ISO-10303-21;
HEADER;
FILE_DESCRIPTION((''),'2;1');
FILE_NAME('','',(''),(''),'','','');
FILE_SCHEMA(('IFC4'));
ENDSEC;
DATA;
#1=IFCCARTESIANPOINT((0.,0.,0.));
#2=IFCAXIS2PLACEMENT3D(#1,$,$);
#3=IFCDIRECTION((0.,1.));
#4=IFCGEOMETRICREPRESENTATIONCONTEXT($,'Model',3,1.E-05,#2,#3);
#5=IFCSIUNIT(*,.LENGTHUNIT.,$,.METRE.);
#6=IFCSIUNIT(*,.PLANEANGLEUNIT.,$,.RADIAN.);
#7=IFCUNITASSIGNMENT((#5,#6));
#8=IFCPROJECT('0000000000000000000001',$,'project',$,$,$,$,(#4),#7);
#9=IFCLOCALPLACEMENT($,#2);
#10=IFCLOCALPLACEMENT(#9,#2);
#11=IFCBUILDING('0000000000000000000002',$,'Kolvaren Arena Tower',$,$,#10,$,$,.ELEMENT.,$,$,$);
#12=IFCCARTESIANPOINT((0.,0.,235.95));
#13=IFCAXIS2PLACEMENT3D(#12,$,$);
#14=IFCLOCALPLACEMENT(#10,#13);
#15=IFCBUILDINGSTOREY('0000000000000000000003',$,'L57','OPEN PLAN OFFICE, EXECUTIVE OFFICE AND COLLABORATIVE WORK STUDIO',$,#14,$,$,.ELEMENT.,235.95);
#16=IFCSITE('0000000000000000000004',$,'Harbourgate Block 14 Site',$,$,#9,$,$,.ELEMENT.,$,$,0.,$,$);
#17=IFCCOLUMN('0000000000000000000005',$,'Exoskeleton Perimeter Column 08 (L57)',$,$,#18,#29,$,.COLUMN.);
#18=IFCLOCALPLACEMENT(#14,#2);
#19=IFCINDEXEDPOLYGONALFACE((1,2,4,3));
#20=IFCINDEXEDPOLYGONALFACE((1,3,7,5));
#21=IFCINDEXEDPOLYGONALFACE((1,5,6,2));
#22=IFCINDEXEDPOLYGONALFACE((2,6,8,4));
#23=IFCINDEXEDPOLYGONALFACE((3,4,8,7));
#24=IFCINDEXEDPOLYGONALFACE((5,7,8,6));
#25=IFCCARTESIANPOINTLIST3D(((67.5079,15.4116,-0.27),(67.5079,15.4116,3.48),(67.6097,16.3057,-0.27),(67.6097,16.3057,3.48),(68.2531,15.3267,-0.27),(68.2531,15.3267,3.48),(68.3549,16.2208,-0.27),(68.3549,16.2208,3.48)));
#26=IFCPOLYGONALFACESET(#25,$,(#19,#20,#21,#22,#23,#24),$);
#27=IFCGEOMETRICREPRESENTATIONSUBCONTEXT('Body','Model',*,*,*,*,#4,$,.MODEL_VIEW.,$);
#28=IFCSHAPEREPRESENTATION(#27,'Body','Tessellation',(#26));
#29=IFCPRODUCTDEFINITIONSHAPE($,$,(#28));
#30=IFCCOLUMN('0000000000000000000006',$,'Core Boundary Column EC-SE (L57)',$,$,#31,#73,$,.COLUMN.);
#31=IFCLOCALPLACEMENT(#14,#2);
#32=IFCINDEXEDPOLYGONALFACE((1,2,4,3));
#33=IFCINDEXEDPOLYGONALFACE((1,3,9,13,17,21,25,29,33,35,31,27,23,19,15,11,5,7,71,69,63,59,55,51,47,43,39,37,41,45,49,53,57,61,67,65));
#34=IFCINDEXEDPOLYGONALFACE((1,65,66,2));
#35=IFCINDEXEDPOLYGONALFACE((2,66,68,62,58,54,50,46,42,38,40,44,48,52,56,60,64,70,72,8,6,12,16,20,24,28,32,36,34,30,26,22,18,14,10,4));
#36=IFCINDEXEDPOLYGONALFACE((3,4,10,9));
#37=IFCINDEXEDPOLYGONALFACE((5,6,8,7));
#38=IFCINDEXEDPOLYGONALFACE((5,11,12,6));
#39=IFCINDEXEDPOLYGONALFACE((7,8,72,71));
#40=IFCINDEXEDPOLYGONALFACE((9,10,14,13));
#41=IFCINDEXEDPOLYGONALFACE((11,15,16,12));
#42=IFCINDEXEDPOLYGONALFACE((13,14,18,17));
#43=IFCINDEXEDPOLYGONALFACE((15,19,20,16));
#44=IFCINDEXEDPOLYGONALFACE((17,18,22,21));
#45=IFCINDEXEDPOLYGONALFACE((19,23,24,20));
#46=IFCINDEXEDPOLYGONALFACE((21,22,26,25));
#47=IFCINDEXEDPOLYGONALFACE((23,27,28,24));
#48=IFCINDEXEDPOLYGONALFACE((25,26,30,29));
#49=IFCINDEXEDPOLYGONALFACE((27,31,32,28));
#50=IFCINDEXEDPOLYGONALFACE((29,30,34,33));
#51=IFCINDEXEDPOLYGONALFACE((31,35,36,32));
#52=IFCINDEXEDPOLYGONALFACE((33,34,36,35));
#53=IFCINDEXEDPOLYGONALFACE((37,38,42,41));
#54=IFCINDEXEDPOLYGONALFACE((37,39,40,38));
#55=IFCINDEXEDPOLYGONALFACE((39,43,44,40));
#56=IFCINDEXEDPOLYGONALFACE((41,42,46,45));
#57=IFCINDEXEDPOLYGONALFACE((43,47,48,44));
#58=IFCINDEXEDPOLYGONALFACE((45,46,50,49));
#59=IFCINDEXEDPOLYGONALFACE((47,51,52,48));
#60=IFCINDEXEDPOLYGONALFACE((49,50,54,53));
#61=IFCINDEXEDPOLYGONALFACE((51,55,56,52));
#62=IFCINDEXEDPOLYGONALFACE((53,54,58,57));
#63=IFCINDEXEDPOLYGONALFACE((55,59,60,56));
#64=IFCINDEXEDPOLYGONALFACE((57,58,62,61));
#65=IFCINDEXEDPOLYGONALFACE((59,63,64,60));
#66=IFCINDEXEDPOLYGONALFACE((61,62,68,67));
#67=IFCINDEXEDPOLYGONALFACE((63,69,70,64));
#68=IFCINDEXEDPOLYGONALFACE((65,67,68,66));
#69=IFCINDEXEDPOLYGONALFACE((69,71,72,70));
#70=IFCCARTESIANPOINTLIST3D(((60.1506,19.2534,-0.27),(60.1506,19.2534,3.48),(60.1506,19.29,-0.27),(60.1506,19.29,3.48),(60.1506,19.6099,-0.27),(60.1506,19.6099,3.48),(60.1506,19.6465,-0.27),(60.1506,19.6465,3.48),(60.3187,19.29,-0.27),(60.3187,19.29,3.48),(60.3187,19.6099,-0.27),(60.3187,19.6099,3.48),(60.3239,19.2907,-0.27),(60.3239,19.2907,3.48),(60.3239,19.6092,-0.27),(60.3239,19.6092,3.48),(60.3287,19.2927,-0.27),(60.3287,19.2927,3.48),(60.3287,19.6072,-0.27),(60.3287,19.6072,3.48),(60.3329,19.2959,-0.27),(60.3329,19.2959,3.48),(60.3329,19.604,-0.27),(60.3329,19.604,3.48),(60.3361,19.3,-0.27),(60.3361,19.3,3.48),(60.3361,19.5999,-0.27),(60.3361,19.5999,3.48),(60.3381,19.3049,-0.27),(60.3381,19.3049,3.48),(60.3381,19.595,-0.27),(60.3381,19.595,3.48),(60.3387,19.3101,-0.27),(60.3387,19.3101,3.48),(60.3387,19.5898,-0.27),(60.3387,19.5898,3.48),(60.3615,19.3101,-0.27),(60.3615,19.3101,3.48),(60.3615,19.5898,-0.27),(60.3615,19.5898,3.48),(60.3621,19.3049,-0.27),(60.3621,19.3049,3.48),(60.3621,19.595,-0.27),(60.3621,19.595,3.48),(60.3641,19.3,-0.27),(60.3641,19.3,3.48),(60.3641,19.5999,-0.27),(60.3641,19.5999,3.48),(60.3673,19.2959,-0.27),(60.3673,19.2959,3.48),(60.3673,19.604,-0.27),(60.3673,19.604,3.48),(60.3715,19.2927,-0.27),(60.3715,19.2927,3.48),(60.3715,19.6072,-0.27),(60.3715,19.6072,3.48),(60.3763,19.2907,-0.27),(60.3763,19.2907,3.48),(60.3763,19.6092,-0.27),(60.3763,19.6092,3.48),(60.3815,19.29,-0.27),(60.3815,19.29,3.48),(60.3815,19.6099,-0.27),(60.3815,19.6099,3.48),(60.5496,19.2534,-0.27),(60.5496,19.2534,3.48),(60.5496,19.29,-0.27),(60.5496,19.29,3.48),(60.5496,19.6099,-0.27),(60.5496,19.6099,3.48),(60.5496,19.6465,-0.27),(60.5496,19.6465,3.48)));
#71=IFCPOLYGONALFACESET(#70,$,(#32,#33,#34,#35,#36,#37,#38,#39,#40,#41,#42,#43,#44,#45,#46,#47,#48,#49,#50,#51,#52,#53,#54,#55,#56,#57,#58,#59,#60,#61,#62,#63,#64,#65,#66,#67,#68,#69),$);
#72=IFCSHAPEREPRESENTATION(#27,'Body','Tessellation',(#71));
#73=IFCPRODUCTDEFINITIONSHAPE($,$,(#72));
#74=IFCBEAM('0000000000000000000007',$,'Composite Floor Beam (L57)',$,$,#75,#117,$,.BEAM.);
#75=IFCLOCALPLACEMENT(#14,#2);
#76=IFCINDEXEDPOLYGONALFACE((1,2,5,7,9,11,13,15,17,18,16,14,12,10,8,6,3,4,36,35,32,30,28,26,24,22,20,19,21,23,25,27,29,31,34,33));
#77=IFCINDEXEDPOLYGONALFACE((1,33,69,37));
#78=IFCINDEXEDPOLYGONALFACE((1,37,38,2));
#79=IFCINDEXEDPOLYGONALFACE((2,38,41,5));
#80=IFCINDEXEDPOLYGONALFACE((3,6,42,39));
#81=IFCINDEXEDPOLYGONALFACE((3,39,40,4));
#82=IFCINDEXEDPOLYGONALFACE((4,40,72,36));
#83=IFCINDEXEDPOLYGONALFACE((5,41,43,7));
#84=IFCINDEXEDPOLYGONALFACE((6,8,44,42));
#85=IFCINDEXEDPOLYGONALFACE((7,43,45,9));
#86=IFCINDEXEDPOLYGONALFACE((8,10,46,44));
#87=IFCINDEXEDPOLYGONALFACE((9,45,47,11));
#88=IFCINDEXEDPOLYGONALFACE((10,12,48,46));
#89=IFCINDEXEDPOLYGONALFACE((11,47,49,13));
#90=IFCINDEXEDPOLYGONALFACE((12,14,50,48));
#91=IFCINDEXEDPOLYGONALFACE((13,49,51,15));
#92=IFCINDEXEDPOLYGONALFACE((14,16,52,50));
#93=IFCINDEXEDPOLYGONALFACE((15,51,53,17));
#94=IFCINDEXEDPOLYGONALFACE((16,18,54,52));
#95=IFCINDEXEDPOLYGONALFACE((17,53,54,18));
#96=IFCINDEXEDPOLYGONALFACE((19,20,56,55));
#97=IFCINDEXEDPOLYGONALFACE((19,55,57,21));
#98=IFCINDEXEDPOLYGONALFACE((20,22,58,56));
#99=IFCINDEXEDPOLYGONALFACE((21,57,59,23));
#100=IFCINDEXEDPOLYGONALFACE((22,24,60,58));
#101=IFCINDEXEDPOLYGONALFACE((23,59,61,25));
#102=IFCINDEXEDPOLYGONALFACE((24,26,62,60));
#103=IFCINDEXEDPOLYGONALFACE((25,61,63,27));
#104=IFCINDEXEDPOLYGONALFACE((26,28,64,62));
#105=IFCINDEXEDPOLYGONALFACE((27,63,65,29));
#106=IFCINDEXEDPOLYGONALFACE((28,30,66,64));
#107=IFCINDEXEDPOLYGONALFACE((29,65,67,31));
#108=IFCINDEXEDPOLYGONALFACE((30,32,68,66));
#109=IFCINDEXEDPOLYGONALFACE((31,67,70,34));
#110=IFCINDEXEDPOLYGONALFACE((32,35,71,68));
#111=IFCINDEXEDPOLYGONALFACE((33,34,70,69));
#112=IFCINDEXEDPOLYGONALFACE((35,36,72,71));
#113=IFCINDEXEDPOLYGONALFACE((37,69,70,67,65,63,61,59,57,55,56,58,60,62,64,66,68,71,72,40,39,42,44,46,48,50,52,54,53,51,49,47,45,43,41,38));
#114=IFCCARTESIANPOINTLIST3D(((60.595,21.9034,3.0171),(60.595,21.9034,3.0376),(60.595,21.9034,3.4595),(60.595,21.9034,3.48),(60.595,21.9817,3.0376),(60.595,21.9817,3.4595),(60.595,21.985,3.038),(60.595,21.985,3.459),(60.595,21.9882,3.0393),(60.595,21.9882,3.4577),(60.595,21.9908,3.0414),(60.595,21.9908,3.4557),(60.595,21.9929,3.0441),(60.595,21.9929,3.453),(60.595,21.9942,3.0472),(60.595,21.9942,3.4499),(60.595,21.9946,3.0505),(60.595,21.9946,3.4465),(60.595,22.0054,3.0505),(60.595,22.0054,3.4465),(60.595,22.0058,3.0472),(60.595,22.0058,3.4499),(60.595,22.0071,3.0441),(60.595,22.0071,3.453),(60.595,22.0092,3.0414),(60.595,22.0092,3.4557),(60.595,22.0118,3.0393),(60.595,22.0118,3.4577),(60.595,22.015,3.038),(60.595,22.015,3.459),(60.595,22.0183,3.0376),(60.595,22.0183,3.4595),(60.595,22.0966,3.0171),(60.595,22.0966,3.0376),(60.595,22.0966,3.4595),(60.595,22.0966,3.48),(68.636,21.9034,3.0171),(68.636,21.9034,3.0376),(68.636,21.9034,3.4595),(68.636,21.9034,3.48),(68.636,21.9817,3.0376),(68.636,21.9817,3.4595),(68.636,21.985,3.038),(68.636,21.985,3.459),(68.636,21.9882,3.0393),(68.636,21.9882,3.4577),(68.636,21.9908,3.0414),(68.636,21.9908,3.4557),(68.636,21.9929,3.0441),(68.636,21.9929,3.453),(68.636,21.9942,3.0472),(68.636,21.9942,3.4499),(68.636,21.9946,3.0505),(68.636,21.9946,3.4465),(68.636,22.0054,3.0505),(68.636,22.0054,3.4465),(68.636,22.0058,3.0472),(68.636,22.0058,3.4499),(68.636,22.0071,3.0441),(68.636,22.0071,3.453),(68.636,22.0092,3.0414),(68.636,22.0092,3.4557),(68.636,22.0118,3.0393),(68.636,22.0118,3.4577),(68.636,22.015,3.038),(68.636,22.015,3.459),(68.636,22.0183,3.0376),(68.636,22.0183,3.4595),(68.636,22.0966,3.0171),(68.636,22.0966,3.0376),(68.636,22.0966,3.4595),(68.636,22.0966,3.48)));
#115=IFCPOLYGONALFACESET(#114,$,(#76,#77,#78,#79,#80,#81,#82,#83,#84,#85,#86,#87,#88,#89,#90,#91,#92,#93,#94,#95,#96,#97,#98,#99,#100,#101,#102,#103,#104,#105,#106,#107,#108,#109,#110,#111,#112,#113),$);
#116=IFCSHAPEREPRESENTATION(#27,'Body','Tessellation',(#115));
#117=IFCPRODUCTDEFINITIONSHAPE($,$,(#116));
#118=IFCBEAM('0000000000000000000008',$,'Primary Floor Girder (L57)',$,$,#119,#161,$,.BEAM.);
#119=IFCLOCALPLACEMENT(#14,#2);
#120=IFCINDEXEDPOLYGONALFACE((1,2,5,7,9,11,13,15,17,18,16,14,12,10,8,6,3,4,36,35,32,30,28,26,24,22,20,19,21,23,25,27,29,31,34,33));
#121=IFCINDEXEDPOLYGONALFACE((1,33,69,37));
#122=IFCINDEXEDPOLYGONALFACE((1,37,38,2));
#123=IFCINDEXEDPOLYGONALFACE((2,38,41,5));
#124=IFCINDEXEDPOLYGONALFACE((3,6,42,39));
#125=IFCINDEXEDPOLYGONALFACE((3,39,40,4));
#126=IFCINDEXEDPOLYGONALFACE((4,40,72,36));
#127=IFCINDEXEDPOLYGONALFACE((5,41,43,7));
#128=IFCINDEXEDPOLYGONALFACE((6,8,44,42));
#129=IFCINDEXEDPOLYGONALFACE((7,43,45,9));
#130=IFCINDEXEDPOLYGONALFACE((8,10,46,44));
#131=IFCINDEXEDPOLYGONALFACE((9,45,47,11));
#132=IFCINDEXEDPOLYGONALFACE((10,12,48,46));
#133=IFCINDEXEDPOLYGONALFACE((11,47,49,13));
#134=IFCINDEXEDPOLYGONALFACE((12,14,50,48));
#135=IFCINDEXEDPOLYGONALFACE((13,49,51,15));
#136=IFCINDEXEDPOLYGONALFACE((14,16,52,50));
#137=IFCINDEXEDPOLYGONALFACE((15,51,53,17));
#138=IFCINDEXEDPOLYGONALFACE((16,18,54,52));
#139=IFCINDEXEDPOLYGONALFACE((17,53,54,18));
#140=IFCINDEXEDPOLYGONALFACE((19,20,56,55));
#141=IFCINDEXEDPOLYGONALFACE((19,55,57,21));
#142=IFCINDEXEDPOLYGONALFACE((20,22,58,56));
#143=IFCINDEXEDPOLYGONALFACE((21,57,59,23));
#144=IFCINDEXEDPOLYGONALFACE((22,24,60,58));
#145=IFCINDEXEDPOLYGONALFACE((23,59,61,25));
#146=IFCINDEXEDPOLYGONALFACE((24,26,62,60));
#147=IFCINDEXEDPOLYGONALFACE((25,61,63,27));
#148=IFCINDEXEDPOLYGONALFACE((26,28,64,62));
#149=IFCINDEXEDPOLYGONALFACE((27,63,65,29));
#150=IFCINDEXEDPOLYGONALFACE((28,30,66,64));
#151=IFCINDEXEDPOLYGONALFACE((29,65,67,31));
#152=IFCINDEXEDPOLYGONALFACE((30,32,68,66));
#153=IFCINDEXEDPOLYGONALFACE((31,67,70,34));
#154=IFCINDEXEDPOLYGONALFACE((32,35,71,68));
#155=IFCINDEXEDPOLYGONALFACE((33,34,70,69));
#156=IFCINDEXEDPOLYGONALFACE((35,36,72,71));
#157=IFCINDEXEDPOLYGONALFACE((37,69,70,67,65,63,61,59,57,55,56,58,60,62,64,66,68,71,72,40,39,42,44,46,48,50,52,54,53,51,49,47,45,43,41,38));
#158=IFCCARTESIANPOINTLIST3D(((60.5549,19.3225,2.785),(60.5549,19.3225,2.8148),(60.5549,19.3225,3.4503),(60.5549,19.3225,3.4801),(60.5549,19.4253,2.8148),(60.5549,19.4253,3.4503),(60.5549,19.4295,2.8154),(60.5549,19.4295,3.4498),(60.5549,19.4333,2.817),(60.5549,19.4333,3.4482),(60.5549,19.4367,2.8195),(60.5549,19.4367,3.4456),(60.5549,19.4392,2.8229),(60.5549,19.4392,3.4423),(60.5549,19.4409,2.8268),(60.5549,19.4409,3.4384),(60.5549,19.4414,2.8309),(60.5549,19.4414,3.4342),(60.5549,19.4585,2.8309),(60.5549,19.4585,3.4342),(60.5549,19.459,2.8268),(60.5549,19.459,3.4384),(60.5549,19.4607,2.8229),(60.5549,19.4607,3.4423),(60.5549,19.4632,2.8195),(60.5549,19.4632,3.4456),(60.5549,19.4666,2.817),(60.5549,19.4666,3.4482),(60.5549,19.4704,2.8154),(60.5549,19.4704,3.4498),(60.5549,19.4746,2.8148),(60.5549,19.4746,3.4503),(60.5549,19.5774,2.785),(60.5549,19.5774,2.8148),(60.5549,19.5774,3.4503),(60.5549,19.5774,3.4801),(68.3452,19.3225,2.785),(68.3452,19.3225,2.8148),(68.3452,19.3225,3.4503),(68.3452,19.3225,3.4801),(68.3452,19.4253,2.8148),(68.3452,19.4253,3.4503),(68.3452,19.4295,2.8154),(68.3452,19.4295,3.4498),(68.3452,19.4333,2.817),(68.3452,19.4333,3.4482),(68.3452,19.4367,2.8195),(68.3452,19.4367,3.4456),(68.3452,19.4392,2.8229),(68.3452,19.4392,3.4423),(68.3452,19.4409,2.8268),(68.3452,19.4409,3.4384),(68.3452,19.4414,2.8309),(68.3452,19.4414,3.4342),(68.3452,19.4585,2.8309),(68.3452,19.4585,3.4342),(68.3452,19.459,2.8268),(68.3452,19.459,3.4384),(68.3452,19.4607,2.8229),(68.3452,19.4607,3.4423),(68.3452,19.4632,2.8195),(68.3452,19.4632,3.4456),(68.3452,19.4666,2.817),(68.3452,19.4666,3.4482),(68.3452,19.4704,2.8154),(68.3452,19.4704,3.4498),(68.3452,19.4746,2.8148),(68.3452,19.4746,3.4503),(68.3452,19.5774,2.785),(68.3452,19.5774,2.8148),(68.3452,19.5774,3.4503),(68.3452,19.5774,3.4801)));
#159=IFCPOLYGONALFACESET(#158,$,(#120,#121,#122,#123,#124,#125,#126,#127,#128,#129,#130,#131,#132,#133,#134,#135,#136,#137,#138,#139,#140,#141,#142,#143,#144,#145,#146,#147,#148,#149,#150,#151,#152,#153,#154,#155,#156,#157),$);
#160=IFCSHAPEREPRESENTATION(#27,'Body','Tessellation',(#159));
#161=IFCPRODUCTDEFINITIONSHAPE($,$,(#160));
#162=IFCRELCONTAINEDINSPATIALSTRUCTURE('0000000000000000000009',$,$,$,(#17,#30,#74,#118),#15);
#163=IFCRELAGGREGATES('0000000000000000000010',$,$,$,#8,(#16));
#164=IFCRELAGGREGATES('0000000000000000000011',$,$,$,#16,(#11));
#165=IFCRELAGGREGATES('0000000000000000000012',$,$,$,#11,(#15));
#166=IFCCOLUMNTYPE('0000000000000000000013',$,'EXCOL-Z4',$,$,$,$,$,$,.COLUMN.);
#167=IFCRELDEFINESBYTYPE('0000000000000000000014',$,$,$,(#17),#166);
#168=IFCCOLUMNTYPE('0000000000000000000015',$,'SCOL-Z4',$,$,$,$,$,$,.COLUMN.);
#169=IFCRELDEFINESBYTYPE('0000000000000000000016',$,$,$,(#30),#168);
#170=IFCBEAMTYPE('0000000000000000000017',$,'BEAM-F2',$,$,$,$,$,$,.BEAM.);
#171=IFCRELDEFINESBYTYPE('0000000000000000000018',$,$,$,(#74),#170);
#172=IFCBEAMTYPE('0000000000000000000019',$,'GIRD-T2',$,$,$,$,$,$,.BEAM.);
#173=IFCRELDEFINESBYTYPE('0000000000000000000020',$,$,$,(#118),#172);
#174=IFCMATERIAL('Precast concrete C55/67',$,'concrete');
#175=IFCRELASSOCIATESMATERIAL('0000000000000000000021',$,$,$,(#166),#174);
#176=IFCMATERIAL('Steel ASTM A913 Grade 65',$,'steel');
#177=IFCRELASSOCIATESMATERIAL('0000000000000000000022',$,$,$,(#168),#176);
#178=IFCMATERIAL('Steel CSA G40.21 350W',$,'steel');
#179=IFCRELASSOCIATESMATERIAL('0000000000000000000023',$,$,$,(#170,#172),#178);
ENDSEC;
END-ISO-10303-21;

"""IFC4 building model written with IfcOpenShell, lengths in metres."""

from ifc_helpers import new_model, si_unit, direction, frame, origin, origin_2d, place, context, subcontext, project, spatial, rectangle, i_section, extrude, material, material_profile, profile_set, type_object, element, save


model = new_model("IFC4")

# Units and contexts
model_context = context("Model", 3, precision=1e-05, world=origin(), true_north=direction((0.0, 1.0)))
body_context = subcontext(model_context, "Body", "Model", "MODEL_VIEW")
ifc_project = project(units=[si_unit("LENGTHUNIT", "METRE"), si_unit("PLANEANGLEUNIT", "RADIAN")], contexts=[model_context])

# Site, building, storey
site_placement = place(None, origin())
site = spatial("IfcSite", under=ifc_project, at=site_placement, Name="Harbourgate Block 14 Site", CompositionType="ELEMENT", RefElevation=0.0)
building_placement = place(site_placement, origin())
building = spatial("IfcBuilding", under=site, at=building_placement, Name="Kolvaren Arena Tower", CompositionType="ELEMENT")
storey_placement = place(building_placement, frame((0.0, 0.0, 235.95)))
storey = spatial("IfcBuildingStorey", under=building, at=storey_placement, Name="L57", Description="OPEN PLAN OFFICE, EXECUTIVE OFFICE AND COLLABORATIVE WORK STUDIO", CompositionType="ELEMENT", Elevation=235.95)

# Columns
ifc_material_1 = material(Name="Precast concrete C55/67", Category="concrete")
ifc_material_profile_1 = material_profile(ifc_material_1, rectangle(XDim=0.8999, YDim=0.75, at=origin_2d()), Name="RC-900x750")
ifc_profile_set_1 = profile_set([ifc_material_profile_1], Name="Precast concrete C55/67")
column_type_1 = type_object("IfcColumnType", Name="EXCOL-Z4", PredefinedType="COLUMN", material=ifc_profile_set_1)
column_1_placement = place(storey_placement, frame((67.9314, 15.8162, -0.27), z_axis=(0.0, 0.0, 1.0), x_axis=(0.113203, 0.993572, 0.0)))
element("IfcColumn", 1, at=column_1_placement, inside=storey, type_object=column_type_1, Name="Exoskeleton Perimeter Column 08 (L57)", PredefinedType="COLUMN", context=body_context, shape_type="SweptSolid", body=[
    extrude(rectangle(XDim=0.8999, YDim=0.75, at=origin_2d()), origin(), (0.0, 0.0, 1.0), 3.75),
])
ifc_material_2 = material(Name="Steel ASTM A913 Grade 65", Category="steel")
ifc_material_profile_2 = material_profile(ifc_material_2, i_section(OverallWidth=0.3989, OverallDepth=0.3931, WebThickness=0.0227, FlangeThickness=0.0366, FilletRadius=0.02, at=origin_2d()), Name="W360x287")
ifc_profile_set_2 = profile_set([ifc_material_profile_2], Name="Steel ASTM A913 Grade 65")
column_type_2 = type_object("IfcColumnType", Name="SCOL-Z4", PredefinedType="COLUMN", material=ifc_profile_set_2)
column_2_placement = place(storey_placement, frame((60.3501, 19.45, -0.27), z_axis=(0.0, 0.0, 1.0), x_axis=(1.0, 0.0, 0.0)))
element("IfcColumn", 2, at=column_2_placement, inside=storey, type_object=column_type_2, Name="Core Boundary Column EC-SE (L57)", PredefinedType="COLUMN", context=body_context, shape_type="SweptSolid", body=[
    extrude(i_section(OverallWidth=0.3989, OverallDepth=0.3931, WebThickness=0.0227, FlangeThickness=0.0366, FilletRadius=0.02, at=origin_2d()), origin(), (0.0, 0.0, 1.0), 3.75),
])

# Beams
ifc_material_3 = material(Name="Steel CSA G40.21 350W", Category="steel")
ifc_material_profile_3 = material_profile(ifc_material_3, i_section(OverallWidth=0.1931, OverallDepth=0.4629, WebThickness=0.0107, FlangeThickness=0.0205, FilletRadius=0.0129, at=origin_2d()), Name="W460x113")
ifc_profile_set_3 = profile_set([ifc_material_profile_3], Name="Steel CSA G40.21 350W")
beam_type_1 = type_object("IfcBeamType", Name="BEAM-F2", PredefinedType="BEAM", material=ifc_profile_set_3)
beam_1_placement = place(storey_placement, frame((60.595, 22.0, 3.2485), z_axis=(1.0, 0.0, 0.0), x_axis=(0.0, 1.0, 0.0)))
element("IfcBeam", 3, at=beam_1_placement, inside=storey, type_object=beam_type_1, Name="Composite Floor Beam (L57)", PredefinedType="BEAM", context=body_context, shape_type="SweptSolid", body=[
    extrude(i_section(OverallWidth=0.1931, OverallDepth=0.4629, WebThickness=0.0107, FlangeThickness=0.0205, FilletRadius=0.0129, at=origin_2d()), origin(), (0.0, 0.0, 1.0), 8.041),
])
ifc_material_profile_4 = material_profile(ifc_material_3, i_section(OverallWidth=0.2549, OverallDepth=0.6951, WebThickness=0.0171, FlangeThickness=0.0298, FilletRadius=0.0161, at=origin_2d()), Name="W690x217")
ifc_profile_set_4 = profile_set([ifc_material_profile_4], Name="Steel CSA G40.21 350W")
beam_type_2 = type_object("IfcBeamType", Name="GIRD-T2", PredefinedType="BEAM", material=ifc_profile_set_4)
beam_2_placement = place(storey_placement, frame((60.5549, 19.45, 3.1326), z_axis=(1.0, 0.0, 0.0), x_axis=(0.0, 1.0, 0.0)))
element("IfcBeam", 4, at=beam_2_placement, inside=storey, type_object=beam_type_2, Name="Primary Floor Girder (L57)", PredefinedType="BEAM", context=body_context, shape_type="SweptSolid", body=[
    extrude(i_section(OverallWidth=0.2549, OverallDepth=0.6951, WebThickness=0.0171, FlangeThickness=0.0298, FilletRadius=0.0161, at=origin_2d()), origin(), (0.0, 0.0, 1.0), 7.7903),
])

save(model, "model.ifc")
